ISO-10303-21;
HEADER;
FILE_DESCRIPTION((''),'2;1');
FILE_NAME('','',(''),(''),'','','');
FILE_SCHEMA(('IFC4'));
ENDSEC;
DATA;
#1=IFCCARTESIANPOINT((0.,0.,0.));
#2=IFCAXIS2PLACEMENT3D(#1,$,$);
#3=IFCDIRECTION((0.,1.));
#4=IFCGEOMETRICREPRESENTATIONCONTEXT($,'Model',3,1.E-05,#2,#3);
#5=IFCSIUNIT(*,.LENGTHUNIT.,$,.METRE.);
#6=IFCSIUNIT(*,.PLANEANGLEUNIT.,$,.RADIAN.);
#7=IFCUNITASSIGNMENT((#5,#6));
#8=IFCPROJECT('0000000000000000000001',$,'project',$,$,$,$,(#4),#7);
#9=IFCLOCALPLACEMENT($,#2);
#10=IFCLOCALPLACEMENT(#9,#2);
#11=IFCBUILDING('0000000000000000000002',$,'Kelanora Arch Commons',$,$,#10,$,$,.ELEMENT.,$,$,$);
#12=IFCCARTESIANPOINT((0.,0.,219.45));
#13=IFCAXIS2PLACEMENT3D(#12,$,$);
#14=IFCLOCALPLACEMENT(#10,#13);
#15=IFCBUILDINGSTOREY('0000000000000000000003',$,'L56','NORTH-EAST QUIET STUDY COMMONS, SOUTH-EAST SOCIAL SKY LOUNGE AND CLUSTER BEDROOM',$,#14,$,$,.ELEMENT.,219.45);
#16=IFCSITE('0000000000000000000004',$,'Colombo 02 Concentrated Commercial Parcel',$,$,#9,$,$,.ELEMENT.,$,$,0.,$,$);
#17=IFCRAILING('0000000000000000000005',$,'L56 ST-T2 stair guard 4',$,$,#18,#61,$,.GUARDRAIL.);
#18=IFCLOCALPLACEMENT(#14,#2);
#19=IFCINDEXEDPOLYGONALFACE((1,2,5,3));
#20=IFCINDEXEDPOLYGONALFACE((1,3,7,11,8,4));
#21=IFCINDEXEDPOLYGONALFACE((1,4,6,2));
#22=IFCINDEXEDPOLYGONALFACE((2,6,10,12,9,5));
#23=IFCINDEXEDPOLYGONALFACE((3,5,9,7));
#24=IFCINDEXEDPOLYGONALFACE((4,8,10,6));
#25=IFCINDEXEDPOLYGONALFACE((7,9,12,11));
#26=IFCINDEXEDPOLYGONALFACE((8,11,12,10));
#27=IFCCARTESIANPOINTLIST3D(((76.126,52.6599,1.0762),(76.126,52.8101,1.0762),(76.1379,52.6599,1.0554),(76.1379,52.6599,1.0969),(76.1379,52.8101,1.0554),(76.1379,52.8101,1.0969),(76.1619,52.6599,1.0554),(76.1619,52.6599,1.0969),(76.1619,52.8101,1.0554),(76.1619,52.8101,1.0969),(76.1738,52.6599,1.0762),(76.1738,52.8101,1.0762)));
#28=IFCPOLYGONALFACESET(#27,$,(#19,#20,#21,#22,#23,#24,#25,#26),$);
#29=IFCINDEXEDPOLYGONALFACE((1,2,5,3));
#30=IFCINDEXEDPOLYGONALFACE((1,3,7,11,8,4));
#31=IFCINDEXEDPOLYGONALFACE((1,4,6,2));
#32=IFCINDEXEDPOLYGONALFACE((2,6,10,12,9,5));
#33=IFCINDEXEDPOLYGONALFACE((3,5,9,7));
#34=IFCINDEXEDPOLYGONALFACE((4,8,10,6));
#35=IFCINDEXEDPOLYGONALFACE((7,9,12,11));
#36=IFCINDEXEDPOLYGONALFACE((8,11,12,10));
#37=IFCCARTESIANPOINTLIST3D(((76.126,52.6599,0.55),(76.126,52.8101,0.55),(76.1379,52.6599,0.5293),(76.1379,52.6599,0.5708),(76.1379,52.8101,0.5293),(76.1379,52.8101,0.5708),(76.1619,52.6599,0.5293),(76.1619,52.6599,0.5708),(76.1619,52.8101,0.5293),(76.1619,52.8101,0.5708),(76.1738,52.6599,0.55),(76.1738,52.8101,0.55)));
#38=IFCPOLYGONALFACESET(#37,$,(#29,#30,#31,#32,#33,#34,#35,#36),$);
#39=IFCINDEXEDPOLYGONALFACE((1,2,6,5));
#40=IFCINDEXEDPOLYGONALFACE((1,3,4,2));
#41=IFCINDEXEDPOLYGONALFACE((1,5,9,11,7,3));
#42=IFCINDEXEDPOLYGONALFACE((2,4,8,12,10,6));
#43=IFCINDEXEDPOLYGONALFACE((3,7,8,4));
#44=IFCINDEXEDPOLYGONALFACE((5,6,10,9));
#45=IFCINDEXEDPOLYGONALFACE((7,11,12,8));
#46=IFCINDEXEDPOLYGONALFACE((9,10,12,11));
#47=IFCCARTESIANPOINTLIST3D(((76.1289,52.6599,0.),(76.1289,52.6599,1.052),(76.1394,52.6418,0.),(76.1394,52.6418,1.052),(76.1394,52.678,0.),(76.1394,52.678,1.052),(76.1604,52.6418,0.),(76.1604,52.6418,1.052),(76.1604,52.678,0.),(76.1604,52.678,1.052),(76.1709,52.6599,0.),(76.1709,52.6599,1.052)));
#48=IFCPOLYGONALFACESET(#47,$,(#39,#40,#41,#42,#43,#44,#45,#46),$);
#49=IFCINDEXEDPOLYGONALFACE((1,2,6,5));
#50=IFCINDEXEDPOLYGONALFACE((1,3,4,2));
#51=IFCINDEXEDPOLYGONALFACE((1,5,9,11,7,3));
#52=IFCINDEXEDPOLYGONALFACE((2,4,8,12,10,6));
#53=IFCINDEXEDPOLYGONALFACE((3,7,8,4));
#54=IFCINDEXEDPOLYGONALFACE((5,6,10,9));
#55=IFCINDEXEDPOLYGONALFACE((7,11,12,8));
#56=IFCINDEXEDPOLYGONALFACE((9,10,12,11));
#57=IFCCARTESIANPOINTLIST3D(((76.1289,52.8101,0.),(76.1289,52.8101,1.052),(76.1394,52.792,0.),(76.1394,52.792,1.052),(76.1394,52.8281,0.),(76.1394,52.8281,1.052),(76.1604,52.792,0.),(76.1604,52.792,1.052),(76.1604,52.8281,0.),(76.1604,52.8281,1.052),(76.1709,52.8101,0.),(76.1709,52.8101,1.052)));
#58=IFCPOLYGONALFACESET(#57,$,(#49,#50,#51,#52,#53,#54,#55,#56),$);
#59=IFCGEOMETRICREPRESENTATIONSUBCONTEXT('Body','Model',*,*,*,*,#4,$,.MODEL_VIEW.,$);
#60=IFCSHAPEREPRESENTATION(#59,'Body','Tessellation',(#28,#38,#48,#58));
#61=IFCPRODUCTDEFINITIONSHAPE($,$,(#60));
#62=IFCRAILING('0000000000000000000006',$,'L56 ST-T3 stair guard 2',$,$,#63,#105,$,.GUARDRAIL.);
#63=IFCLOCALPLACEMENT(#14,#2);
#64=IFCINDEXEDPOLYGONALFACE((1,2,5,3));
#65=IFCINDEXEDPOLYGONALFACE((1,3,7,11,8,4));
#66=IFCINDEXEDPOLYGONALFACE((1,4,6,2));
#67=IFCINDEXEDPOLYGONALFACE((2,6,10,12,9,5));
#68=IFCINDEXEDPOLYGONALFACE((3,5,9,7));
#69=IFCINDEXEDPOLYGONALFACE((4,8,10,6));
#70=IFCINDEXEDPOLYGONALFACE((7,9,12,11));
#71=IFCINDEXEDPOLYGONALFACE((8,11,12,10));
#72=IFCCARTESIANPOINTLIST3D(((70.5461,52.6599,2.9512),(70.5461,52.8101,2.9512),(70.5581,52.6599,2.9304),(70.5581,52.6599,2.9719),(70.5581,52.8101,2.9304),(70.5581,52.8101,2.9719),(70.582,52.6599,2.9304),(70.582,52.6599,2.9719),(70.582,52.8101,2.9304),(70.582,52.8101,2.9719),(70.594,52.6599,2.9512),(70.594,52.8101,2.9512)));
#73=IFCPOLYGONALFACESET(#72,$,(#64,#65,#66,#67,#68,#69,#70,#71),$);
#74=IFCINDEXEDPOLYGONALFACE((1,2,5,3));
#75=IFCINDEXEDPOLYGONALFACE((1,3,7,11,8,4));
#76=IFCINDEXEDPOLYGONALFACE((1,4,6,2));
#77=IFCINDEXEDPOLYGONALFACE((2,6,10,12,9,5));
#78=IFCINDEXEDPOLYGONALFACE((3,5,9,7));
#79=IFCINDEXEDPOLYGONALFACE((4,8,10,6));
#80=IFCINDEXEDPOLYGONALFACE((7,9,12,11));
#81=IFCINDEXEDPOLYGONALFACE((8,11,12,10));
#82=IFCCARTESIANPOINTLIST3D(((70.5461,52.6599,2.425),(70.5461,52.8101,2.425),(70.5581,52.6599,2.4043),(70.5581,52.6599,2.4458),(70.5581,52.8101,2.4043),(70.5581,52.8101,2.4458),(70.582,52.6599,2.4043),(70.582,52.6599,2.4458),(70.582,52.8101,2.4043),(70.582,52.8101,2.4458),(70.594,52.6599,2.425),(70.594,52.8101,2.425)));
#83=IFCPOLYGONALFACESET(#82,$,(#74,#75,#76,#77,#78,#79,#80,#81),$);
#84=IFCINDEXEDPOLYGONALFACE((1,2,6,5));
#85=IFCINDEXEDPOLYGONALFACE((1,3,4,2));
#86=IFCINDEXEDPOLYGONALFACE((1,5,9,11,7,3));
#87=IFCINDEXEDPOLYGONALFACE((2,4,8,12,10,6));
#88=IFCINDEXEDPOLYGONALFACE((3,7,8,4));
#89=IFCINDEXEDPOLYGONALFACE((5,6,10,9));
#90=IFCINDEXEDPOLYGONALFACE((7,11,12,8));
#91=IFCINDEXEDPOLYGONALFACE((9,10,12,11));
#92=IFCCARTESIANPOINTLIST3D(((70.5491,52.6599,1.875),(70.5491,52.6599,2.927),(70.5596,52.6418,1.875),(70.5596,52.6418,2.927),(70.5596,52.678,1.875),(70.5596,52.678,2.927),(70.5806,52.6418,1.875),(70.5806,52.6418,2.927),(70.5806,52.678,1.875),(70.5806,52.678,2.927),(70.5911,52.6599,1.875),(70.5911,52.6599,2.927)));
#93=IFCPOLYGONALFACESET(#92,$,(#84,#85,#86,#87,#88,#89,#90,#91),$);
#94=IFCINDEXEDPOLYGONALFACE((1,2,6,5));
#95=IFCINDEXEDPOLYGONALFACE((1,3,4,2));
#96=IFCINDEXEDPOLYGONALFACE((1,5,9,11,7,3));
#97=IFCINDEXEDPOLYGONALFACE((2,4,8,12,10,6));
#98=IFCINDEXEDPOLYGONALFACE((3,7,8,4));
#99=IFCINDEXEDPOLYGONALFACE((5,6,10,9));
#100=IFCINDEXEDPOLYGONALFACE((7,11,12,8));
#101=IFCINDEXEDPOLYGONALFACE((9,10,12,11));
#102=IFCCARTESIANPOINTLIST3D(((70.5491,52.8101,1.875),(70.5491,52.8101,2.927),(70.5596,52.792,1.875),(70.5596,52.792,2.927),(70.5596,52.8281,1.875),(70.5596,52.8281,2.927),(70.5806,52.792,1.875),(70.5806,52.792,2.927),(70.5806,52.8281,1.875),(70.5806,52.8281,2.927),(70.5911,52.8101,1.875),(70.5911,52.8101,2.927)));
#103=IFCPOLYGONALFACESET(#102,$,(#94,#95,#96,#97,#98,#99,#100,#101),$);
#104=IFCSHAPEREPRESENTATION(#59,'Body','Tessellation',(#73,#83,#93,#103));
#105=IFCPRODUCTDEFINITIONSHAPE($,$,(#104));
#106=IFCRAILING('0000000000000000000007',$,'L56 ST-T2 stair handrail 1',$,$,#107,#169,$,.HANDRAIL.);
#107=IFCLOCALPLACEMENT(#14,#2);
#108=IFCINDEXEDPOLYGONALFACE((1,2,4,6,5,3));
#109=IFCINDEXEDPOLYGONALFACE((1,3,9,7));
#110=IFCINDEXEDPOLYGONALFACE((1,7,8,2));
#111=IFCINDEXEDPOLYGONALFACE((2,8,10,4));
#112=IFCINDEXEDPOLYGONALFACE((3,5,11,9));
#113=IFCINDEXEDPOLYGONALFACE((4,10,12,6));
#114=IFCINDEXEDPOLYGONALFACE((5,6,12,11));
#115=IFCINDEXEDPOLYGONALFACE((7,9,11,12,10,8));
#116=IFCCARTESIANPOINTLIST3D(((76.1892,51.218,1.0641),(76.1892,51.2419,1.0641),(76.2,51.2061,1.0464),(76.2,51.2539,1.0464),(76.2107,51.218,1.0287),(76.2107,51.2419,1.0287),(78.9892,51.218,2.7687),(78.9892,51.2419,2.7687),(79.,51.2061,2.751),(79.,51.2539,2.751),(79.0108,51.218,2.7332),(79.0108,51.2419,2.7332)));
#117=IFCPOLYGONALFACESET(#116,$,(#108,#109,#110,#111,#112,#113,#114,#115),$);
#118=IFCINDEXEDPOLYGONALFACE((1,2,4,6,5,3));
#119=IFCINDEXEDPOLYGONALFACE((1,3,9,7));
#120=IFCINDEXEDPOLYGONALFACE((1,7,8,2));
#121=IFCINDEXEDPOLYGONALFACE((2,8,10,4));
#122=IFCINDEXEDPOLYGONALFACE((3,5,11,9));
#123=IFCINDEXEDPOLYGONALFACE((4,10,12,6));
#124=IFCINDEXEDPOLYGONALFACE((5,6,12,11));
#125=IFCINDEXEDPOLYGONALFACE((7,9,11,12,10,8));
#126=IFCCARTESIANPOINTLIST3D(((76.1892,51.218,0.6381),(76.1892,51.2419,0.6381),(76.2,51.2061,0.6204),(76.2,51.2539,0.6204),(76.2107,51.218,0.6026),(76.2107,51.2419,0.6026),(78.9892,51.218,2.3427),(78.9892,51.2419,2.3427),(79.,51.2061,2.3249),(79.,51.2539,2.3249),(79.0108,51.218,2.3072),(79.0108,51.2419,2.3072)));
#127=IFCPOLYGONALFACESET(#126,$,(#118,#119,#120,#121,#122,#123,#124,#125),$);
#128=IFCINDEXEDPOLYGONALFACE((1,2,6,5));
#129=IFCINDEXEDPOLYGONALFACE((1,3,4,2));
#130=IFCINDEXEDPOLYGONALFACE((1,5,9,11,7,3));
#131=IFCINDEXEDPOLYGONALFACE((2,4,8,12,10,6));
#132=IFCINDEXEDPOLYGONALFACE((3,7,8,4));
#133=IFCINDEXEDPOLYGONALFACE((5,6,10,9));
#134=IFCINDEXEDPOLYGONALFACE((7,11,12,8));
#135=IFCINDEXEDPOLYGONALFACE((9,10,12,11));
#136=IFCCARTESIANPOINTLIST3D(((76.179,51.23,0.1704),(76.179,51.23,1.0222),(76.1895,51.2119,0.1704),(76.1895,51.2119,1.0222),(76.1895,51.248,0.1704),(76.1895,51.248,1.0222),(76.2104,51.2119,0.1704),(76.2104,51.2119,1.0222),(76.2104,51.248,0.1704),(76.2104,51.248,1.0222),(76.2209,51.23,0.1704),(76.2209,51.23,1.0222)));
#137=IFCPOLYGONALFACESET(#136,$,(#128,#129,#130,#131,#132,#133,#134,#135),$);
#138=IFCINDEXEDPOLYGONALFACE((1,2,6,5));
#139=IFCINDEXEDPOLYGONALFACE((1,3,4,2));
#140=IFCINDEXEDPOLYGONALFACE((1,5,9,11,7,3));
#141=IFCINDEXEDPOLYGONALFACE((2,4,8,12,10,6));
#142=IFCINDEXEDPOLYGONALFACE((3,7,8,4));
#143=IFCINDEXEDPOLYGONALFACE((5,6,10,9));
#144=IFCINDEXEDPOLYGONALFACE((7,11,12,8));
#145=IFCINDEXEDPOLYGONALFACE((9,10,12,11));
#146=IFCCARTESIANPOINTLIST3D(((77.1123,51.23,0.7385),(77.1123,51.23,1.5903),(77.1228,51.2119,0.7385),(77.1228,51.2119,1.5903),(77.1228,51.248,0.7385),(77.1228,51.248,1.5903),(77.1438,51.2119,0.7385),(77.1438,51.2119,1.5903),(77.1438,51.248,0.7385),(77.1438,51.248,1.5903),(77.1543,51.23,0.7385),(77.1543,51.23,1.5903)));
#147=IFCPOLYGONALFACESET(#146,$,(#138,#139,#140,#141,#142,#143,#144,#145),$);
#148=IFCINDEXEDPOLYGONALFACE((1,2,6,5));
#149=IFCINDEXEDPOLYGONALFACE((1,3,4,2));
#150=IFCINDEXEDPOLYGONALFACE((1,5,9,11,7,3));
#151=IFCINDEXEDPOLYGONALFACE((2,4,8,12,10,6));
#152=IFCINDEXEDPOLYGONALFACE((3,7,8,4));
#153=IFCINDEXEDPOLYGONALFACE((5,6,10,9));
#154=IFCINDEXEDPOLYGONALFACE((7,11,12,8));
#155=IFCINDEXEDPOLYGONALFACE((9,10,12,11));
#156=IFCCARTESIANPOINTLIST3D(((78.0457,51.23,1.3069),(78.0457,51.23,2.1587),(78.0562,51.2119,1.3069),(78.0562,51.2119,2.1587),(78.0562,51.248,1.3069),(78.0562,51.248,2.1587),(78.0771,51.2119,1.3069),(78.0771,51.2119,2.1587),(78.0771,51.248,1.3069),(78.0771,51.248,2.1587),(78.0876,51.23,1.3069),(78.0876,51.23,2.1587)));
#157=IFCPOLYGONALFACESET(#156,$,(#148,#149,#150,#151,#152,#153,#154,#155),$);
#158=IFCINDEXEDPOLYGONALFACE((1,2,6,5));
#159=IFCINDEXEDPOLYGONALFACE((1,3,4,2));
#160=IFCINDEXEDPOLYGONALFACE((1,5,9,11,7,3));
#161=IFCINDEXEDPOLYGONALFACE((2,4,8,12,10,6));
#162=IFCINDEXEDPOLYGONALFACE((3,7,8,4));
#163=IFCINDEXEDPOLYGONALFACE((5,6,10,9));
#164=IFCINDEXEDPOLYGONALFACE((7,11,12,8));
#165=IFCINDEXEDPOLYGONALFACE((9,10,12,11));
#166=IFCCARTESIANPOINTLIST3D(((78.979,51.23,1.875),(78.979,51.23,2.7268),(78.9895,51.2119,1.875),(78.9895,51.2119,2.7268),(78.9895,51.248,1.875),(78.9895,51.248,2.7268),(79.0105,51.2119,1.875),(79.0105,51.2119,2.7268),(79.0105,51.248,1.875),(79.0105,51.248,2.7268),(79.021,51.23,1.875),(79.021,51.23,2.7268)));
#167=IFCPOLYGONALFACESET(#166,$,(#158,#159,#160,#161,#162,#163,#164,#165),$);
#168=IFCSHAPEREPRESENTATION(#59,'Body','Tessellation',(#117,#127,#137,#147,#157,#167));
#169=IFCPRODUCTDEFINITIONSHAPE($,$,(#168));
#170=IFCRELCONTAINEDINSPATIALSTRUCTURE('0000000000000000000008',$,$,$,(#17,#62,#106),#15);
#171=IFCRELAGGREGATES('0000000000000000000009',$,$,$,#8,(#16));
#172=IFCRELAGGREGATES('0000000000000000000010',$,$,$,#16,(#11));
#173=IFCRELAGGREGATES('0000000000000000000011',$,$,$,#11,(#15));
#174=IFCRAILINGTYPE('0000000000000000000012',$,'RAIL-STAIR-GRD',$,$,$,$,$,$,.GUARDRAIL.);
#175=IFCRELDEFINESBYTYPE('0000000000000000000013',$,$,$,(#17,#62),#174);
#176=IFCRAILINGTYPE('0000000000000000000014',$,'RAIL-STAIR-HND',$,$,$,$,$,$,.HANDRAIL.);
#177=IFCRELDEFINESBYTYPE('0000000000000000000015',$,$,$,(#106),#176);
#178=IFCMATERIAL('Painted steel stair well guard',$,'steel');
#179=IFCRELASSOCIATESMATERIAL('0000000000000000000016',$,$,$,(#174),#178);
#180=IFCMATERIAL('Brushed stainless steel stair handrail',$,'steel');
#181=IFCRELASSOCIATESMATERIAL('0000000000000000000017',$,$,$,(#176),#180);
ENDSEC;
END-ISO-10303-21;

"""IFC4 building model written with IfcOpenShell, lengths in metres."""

from ifc_helpers import new_model, si_unit, direction, frame, origin, place, context, subcontext, project, spatial, polyline, outline, extrude, material, type_object, element, save


model = new_model("IFC4")

# Units and contexts
model_context = context("Model", 3, precision=1e-05, world=origin(), true_north=direction((0.0, 1.0)))
body_context = subcontext(model_context, "Body", "Model", "MODEL_VIEW")
ifc_project = project(units=[si_unit("LENGTHUNIT", "METRE"), si_unit("PLANEANGLEUNIT", "RADIAN")], contexts=[model_context])

# Site, building, storey
site_placement = place(None, origin())
site = spatial("IfcSite", under=ifc_project, at=site_placement, Name="Colombo 02 Concentrated Commercial Parcel", CompositionType="ELEMENT", RefElevation=0.0)
building_placement = place(site_placement, origin())
building = spatial("IfcBuilding", under=site, at=building_placement, Name="Kelanora Arch Commons", CompositionType="ELEMENT")
storey_placement = place(building_placement, frame((0.0, 0.0, 219.45)))
storey = spatial("IfcBuildingStorey", under=building, at=storey_placement, Name="L56", Description="NORTH-EAST QUIET STUDY COMMONS, SOUTH-EAST SOCIAL SKY LOUNGE AND CLUSTER BEDROOM", CompositionType="ELEMENT", Elevation=219.45)

# Railings
ifc_material_1 = material(Name="Painted steel stair well guard", Category="steel")
railing_type_1 = type_object("IfcRailingType", Name="RAIL-STAIR-GRD", PredefinedType="GUARDRAIL", material=ifc_material_1)
for number, where, name in (
    (1, (76.1499, 52.6599, 0.0), "L56 ST-T2 stair guard 4"),
    (2, (70.5701, 52.6599, 1.875), "L56 ST-T3 stair guard 2"),
):
    element("IfcRailing", number, at=place(storey_placement, frame(where)), inside=storey, type_object=railing_type_1, Name=name, PredefinedType="GUARDRAIL", context=body_context, shape_type="SweptSolid", body=[
        extrude(outline(polyline([(0.0239, 0.0), (0.012, 0.0208), (-0.012, 0.0208), (-0.0239, 0.0), (-0.012, -0.0208), (0.012, -0.0208), (0.0239, 0.0)])), frame((0.0, 0.0, 1.0762), z_axis=(0.0, 1.0, 0.0), x_axis=(-1.0, 0.0, 0.0)), (0.0, 0.0, 1.0), 0.1501),
        extrude(outline(polyline([(0.0239, 0.0), (0.012, 0.0208), (-0.012, 0.0208), (-0.0239, 0.0), (-0.012, -0.0208), (0.012, -0.0208), (0.0239, 0.0)])), frame((0.0, 0.0, 0.55), z_axis=(0.0, 1.0, 0.0), x_axis=(-1.0, 0.0, 0.0)), (0.0, 0.0, 1.0), 0.1501),
        extrude(outline(polyline([(0.021, 0.0), (0.0105, 0.0181), (-0.0105, 0.0181), (-0.021, 0.0), (-0.0105, -0.0181), (0.0105, -0.0181), (0.021, 0.0)])), origin(), (0.0, 0.0, 1.0), 1.052),
        extrude(outline(polyline([(0.021, 0.0), (0.0105, 0.0181), (-0.0105, 0.0181), (-0.021, 0.0), (-0.0105, -0.0181), (0.0105, -0.0181), (0.021, 0.0)])), frame((0.0, 0.1501, 0.0)), (0.0, 0.0, 1.0), 1.052),
    ])
ifc_material_2 = material(Name="Brushed stainless steel stair handrail", Category="steel")
railing_type_2 = type_object("IfcRailingType", Name="RAIL-STAIR-HND", PredefinedType="HANDRAIL", material=ifc_material_2)
railing_1_placement = place(storey_placement, frame((76.2, 51.23, 0.1704)))
element("IfcRailing", 3, at=railing_1_placement, inside=storey, type_object=railing_type_2, Name="L56 ST-T2 stair handrail 1", PredefinedType="HANDRAIL", context=body_context, shape_type="SweptSolid", body=[
    extrude(outline(polyline([(0.0239, 0.0), (0.012, 0.0208), (-0.012, 0.0208), (-0.0239, 0.0), (-0.012, -0.0208), (0.012, -0.0208), (0.0239, 0.0)])), frame((0.0, 0.0, 0.876), z_axis=(0.85417, 0.0, 0.519994), x_axis=(0.0, 1.0, 0.0)), (0.0, 0.0, 1.0), 3.2781),
    extrude(outline(polyline([(0.0239, 0.0), (0.012, 0.0208), (-0.012, 0.0208), (-0.0239, 0.0), (-0.012, -0.0208), (0.012, -0.0208), (0.0239, 0.0)])), frame((0.0, 0.0, 0.45), z_axis=(0.85417, 0.0, 0.519994), x_axis=(0.0, 1.0, 0.0)), (0.0, 0.0, 1.0), 3.2781),
    extrude(outline(polyline([(0.021, 0.0), (0.0105, 0.0181), (-0.0105, 0.0181), (-0.021, 0.0), (-0.0105, -0.0181), (0.0105, -0.0181), (0.021, 0.0)])), origin(), (0.0, 0.0, 1.0), 0.8518),
    extrude(outline(polyline([(0.021, 0.0), (0.0105, 0.0181), (-0.0105, 0.0181), (-0.021, 0.0), (-0.0105, -0.0181), (0.0105, -0.0181), (0.021, 0.0)])), frame((0.9333, 0.0, 0.5681)), (0.0, 0.0, 1.0), 0.8518),
    extrude(outline(polyline([(0.021, 0.0), (0.0105, 0.0181), (-0.0105, 0.0181), (-0.021, 0.0), (-0.0105, -0.0181), (0.0105, -0.0181), (0.021, 0.0)])), frame((1.8667, 0.0, 1.1365)), (0.0, 0.0, 1.0), 0.8518),
    extrude(outline(polyline([(0.021, 0.0), (0.0105, 0.0181), (-0.0105, 0.0181), (-0.021, 0.0), (-0.0105, -0.0181), (0.0105, -0.0181), (0.021, 0.0)])), frame((2.8, 0.0, 1.7046)), (0.0, 0.0, 1.0), 0.8518),
])

save(model, "model.ifc")
